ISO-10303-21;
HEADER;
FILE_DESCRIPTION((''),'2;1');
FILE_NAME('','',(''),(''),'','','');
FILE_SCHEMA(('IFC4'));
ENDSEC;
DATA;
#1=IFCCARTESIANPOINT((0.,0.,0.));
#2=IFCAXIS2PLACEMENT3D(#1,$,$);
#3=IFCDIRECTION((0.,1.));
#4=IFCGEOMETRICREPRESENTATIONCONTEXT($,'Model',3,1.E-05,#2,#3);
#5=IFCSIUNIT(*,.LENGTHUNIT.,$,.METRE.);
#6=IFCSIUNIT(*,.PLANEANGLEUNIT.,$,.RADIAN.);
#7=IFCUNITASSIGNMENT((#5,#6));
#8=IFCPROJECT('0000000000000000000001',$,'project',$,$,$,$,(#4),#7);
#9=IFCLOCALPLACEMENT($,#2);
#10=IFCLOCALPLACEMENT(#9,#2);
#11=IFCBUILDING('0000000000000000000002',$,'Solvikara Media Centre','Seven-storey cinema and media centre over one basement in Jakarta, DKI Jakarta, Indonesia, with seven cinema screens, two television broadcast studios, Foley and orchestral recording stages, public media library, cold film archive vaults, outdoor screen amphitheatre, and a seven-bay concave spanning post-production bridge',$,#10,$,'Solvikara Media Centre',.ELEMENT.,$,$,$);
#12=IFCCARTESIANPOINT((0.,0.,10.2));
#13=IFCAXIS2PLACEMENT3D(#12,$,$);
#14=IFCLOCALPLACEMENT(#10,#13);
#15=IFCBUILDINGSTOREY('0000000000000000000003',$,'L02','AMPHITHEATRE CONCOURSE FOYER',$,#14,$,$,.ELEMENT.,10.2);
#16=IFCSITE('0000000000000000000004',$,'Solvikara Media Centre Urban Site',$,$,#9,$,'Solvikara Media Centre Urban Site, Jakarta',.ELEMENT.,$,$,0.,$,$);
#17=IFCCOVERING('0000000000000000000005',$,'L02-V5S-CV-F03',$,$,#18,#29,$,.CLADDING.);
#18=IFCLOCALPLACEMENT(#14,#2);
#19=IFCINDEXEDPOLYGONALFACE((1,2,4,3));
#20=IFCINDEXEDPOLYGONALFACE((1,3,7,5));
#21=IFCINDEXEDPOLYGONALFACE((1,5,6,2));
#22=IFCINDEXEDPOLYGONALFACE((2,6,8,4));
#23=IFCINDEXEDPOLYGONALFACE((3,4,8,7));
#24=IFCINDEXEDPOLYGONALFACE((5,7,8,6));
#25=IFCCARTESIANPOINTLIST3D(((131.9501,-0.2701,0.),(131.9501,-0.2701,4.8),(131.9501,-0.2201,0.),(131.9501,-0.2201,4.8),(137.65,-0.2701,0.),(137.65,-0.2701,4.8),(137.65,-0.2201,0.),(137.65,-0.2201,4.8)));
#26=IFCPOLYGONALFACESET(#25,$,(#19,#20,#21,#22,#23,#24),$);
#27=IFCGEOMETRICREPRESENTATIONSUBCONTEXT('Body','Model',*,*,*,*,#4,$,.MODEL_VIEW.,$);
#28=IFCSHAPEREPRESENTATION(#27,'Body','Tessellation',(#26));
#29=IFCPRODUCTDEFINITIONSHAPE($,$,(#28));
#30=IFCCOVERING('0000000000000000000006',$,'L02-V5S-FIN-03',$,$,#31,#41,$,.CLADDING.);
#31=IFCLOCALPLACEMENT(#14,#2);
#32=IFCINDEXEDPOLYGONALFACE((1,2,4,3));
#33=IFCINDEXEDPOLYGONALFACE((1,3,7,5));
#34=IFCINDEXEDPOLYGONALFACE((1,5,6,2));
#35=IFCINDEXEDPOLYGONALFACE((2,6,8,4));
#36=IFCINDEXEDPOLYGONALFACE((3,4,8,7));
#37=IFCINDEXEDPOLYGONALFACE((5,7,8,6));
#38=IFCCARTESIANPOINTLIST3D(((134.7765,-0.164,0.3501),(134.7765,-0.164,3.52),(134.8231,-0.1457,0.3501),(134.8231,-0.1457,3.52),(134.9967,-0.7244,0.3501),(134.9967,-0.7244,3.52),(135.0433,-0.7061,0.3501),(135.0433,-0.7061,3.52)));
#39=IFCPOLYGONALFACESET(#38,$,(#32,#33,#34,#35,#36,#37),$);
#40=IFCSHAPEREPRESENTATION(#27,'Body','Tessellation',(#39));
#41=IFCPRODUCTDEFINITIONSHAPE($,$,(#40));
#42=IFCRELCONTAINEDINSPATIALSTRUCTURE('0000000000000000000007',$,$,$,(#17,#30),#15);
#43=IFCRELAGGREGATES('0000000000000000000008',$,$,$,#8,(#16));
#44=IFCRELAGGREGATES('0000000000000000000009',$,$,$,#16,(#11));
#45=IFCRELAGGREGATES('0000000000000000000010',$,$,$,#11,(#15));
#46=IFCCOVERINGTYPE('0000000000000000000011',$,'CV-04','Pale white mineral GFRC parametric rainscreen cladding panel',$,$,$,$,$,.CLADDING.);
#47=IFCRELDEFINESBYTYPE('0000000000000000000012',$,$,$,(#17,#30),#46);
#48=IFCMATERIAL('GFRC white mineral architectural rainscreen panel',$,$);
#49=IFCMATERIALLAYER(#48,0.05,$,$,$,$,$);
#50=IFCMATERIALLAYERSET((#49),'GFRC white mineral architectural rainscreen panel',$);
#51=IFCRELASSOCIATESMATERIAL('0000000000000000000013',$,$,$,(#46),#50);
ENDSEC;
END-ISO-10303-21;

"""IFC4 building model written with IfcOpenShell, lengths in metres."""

from ifc_helpers import new_model, si_unit, direction, frame, origin, origin_2d, place, context, subcontext, project, spatial, rectangle, extrude, material, layer, layer_set, type_object, element, save


model = new_model("IFC4")

# Units and contexts
model_context = context("Model", 3, precision=1e-05, world=origin(), true_north=direction((0.0, 1.0)))
body_context = subcontext(model_context, "Body", "Model", "MODEL_VIEW")
ifc_project = project(units=[si_unit("LENGTHUNIT", "METRE"), si_unit("PLANEANGLEUNIT", "RADIAN")], contexts=[model_context])

# Site, building, storey
site_placement = place(None, origin())
site = spatial("IfcSite", under=ifc_project, at=site_placement, Name="Solvikara Media Centre Urban Site", LongName="Solvikara Media Centre Urban Site, Jakarta", CompositionType="ELEMENT", RefElevation=0.0)
building_placement = place(site_placement, origin())
building = spatial("IfcBuilding", under=site, at=building_placement, Name="Solvikara Media Centre", Description="Seven-storey cinema and media centre over one basement in Jakarta, DKI Jakarta, Indonesia, with seven cinema screens, two television broadcast studios, Foley and orchestral recording stages, public media library, cold film archive vaults, outdoor screen amphitheatre, and a seven-bay concave spanning post-production bridge", LongName="Solvikara Media Centre", CompositionType="ELEMENT")
storey_placement = place(building_placement, frame((0.0, 0.0, 10.2)))
storey = spatial("IfcBuildingStorey", under=building, at=storey_placement, Name="L02", Description="AMPHITHEATRE CONCOURSE FOYER", CompositionType="ELEMENT", Elevation=10.2)

# Coverings
ifc_material_1 = material(Name="GFRC white mineral architectural rainscreen panel")
ifc_layer_1 = layer(ifc_material_1, 0.05)
ifc_layer_set_1 = layer_set([ifc_layer_1], Name="GFRC white mineral architectural rainscreen panel")
covering_type = type_object("IfcCoveringType", Name="CV-04", Description="Pale white mineral GFRC parametric rainscreen cladding panel", PredefinedType="CLADDING", material=ifc_layer_set_1)
covering_1_placement = place(storey_placement, frame((134.8, -0.2451, 0.0), z_axis=(0.0, 0.0, 1.0), x_axis=(1.0, 0.0, 0.0)))
element("IfcCovering", 1, at=covering_1_placement, inside=storey, type_object=covering_type, Name="L02-V5S-CV-F03", PredefinedType="CLADDING", context=body_context, shape_type="SweptSolid", body=[
    extrude(rectangle(XDim=5.7, YDim=0.05, at=origin_2d()), origin(), (0.0, 0.0, 1.0), 4.8),
])
covering_2_placement = place(storey_placement, frame((134.9099, -0.4351, 0.3501), z_axis=(0.0, 0.0, 1.0), x_axis=(0.365657, -0.93075, 0.0)))
element("IfcCovering", 2, at=covering_2_placement, inside=storey, type_object=covering_type, Name="L02-V5S-FIN-03", PredefinedType="CLADDING", context=body_context, shape_type="SweptSolid", body=[
    extrude(rectangle(XDim=0.6021, YDim=0.05, at=origin_2d()), origin(), (0.0, 0.0, 1.0), 3.1699),
])

save(model, "model.ifc")
